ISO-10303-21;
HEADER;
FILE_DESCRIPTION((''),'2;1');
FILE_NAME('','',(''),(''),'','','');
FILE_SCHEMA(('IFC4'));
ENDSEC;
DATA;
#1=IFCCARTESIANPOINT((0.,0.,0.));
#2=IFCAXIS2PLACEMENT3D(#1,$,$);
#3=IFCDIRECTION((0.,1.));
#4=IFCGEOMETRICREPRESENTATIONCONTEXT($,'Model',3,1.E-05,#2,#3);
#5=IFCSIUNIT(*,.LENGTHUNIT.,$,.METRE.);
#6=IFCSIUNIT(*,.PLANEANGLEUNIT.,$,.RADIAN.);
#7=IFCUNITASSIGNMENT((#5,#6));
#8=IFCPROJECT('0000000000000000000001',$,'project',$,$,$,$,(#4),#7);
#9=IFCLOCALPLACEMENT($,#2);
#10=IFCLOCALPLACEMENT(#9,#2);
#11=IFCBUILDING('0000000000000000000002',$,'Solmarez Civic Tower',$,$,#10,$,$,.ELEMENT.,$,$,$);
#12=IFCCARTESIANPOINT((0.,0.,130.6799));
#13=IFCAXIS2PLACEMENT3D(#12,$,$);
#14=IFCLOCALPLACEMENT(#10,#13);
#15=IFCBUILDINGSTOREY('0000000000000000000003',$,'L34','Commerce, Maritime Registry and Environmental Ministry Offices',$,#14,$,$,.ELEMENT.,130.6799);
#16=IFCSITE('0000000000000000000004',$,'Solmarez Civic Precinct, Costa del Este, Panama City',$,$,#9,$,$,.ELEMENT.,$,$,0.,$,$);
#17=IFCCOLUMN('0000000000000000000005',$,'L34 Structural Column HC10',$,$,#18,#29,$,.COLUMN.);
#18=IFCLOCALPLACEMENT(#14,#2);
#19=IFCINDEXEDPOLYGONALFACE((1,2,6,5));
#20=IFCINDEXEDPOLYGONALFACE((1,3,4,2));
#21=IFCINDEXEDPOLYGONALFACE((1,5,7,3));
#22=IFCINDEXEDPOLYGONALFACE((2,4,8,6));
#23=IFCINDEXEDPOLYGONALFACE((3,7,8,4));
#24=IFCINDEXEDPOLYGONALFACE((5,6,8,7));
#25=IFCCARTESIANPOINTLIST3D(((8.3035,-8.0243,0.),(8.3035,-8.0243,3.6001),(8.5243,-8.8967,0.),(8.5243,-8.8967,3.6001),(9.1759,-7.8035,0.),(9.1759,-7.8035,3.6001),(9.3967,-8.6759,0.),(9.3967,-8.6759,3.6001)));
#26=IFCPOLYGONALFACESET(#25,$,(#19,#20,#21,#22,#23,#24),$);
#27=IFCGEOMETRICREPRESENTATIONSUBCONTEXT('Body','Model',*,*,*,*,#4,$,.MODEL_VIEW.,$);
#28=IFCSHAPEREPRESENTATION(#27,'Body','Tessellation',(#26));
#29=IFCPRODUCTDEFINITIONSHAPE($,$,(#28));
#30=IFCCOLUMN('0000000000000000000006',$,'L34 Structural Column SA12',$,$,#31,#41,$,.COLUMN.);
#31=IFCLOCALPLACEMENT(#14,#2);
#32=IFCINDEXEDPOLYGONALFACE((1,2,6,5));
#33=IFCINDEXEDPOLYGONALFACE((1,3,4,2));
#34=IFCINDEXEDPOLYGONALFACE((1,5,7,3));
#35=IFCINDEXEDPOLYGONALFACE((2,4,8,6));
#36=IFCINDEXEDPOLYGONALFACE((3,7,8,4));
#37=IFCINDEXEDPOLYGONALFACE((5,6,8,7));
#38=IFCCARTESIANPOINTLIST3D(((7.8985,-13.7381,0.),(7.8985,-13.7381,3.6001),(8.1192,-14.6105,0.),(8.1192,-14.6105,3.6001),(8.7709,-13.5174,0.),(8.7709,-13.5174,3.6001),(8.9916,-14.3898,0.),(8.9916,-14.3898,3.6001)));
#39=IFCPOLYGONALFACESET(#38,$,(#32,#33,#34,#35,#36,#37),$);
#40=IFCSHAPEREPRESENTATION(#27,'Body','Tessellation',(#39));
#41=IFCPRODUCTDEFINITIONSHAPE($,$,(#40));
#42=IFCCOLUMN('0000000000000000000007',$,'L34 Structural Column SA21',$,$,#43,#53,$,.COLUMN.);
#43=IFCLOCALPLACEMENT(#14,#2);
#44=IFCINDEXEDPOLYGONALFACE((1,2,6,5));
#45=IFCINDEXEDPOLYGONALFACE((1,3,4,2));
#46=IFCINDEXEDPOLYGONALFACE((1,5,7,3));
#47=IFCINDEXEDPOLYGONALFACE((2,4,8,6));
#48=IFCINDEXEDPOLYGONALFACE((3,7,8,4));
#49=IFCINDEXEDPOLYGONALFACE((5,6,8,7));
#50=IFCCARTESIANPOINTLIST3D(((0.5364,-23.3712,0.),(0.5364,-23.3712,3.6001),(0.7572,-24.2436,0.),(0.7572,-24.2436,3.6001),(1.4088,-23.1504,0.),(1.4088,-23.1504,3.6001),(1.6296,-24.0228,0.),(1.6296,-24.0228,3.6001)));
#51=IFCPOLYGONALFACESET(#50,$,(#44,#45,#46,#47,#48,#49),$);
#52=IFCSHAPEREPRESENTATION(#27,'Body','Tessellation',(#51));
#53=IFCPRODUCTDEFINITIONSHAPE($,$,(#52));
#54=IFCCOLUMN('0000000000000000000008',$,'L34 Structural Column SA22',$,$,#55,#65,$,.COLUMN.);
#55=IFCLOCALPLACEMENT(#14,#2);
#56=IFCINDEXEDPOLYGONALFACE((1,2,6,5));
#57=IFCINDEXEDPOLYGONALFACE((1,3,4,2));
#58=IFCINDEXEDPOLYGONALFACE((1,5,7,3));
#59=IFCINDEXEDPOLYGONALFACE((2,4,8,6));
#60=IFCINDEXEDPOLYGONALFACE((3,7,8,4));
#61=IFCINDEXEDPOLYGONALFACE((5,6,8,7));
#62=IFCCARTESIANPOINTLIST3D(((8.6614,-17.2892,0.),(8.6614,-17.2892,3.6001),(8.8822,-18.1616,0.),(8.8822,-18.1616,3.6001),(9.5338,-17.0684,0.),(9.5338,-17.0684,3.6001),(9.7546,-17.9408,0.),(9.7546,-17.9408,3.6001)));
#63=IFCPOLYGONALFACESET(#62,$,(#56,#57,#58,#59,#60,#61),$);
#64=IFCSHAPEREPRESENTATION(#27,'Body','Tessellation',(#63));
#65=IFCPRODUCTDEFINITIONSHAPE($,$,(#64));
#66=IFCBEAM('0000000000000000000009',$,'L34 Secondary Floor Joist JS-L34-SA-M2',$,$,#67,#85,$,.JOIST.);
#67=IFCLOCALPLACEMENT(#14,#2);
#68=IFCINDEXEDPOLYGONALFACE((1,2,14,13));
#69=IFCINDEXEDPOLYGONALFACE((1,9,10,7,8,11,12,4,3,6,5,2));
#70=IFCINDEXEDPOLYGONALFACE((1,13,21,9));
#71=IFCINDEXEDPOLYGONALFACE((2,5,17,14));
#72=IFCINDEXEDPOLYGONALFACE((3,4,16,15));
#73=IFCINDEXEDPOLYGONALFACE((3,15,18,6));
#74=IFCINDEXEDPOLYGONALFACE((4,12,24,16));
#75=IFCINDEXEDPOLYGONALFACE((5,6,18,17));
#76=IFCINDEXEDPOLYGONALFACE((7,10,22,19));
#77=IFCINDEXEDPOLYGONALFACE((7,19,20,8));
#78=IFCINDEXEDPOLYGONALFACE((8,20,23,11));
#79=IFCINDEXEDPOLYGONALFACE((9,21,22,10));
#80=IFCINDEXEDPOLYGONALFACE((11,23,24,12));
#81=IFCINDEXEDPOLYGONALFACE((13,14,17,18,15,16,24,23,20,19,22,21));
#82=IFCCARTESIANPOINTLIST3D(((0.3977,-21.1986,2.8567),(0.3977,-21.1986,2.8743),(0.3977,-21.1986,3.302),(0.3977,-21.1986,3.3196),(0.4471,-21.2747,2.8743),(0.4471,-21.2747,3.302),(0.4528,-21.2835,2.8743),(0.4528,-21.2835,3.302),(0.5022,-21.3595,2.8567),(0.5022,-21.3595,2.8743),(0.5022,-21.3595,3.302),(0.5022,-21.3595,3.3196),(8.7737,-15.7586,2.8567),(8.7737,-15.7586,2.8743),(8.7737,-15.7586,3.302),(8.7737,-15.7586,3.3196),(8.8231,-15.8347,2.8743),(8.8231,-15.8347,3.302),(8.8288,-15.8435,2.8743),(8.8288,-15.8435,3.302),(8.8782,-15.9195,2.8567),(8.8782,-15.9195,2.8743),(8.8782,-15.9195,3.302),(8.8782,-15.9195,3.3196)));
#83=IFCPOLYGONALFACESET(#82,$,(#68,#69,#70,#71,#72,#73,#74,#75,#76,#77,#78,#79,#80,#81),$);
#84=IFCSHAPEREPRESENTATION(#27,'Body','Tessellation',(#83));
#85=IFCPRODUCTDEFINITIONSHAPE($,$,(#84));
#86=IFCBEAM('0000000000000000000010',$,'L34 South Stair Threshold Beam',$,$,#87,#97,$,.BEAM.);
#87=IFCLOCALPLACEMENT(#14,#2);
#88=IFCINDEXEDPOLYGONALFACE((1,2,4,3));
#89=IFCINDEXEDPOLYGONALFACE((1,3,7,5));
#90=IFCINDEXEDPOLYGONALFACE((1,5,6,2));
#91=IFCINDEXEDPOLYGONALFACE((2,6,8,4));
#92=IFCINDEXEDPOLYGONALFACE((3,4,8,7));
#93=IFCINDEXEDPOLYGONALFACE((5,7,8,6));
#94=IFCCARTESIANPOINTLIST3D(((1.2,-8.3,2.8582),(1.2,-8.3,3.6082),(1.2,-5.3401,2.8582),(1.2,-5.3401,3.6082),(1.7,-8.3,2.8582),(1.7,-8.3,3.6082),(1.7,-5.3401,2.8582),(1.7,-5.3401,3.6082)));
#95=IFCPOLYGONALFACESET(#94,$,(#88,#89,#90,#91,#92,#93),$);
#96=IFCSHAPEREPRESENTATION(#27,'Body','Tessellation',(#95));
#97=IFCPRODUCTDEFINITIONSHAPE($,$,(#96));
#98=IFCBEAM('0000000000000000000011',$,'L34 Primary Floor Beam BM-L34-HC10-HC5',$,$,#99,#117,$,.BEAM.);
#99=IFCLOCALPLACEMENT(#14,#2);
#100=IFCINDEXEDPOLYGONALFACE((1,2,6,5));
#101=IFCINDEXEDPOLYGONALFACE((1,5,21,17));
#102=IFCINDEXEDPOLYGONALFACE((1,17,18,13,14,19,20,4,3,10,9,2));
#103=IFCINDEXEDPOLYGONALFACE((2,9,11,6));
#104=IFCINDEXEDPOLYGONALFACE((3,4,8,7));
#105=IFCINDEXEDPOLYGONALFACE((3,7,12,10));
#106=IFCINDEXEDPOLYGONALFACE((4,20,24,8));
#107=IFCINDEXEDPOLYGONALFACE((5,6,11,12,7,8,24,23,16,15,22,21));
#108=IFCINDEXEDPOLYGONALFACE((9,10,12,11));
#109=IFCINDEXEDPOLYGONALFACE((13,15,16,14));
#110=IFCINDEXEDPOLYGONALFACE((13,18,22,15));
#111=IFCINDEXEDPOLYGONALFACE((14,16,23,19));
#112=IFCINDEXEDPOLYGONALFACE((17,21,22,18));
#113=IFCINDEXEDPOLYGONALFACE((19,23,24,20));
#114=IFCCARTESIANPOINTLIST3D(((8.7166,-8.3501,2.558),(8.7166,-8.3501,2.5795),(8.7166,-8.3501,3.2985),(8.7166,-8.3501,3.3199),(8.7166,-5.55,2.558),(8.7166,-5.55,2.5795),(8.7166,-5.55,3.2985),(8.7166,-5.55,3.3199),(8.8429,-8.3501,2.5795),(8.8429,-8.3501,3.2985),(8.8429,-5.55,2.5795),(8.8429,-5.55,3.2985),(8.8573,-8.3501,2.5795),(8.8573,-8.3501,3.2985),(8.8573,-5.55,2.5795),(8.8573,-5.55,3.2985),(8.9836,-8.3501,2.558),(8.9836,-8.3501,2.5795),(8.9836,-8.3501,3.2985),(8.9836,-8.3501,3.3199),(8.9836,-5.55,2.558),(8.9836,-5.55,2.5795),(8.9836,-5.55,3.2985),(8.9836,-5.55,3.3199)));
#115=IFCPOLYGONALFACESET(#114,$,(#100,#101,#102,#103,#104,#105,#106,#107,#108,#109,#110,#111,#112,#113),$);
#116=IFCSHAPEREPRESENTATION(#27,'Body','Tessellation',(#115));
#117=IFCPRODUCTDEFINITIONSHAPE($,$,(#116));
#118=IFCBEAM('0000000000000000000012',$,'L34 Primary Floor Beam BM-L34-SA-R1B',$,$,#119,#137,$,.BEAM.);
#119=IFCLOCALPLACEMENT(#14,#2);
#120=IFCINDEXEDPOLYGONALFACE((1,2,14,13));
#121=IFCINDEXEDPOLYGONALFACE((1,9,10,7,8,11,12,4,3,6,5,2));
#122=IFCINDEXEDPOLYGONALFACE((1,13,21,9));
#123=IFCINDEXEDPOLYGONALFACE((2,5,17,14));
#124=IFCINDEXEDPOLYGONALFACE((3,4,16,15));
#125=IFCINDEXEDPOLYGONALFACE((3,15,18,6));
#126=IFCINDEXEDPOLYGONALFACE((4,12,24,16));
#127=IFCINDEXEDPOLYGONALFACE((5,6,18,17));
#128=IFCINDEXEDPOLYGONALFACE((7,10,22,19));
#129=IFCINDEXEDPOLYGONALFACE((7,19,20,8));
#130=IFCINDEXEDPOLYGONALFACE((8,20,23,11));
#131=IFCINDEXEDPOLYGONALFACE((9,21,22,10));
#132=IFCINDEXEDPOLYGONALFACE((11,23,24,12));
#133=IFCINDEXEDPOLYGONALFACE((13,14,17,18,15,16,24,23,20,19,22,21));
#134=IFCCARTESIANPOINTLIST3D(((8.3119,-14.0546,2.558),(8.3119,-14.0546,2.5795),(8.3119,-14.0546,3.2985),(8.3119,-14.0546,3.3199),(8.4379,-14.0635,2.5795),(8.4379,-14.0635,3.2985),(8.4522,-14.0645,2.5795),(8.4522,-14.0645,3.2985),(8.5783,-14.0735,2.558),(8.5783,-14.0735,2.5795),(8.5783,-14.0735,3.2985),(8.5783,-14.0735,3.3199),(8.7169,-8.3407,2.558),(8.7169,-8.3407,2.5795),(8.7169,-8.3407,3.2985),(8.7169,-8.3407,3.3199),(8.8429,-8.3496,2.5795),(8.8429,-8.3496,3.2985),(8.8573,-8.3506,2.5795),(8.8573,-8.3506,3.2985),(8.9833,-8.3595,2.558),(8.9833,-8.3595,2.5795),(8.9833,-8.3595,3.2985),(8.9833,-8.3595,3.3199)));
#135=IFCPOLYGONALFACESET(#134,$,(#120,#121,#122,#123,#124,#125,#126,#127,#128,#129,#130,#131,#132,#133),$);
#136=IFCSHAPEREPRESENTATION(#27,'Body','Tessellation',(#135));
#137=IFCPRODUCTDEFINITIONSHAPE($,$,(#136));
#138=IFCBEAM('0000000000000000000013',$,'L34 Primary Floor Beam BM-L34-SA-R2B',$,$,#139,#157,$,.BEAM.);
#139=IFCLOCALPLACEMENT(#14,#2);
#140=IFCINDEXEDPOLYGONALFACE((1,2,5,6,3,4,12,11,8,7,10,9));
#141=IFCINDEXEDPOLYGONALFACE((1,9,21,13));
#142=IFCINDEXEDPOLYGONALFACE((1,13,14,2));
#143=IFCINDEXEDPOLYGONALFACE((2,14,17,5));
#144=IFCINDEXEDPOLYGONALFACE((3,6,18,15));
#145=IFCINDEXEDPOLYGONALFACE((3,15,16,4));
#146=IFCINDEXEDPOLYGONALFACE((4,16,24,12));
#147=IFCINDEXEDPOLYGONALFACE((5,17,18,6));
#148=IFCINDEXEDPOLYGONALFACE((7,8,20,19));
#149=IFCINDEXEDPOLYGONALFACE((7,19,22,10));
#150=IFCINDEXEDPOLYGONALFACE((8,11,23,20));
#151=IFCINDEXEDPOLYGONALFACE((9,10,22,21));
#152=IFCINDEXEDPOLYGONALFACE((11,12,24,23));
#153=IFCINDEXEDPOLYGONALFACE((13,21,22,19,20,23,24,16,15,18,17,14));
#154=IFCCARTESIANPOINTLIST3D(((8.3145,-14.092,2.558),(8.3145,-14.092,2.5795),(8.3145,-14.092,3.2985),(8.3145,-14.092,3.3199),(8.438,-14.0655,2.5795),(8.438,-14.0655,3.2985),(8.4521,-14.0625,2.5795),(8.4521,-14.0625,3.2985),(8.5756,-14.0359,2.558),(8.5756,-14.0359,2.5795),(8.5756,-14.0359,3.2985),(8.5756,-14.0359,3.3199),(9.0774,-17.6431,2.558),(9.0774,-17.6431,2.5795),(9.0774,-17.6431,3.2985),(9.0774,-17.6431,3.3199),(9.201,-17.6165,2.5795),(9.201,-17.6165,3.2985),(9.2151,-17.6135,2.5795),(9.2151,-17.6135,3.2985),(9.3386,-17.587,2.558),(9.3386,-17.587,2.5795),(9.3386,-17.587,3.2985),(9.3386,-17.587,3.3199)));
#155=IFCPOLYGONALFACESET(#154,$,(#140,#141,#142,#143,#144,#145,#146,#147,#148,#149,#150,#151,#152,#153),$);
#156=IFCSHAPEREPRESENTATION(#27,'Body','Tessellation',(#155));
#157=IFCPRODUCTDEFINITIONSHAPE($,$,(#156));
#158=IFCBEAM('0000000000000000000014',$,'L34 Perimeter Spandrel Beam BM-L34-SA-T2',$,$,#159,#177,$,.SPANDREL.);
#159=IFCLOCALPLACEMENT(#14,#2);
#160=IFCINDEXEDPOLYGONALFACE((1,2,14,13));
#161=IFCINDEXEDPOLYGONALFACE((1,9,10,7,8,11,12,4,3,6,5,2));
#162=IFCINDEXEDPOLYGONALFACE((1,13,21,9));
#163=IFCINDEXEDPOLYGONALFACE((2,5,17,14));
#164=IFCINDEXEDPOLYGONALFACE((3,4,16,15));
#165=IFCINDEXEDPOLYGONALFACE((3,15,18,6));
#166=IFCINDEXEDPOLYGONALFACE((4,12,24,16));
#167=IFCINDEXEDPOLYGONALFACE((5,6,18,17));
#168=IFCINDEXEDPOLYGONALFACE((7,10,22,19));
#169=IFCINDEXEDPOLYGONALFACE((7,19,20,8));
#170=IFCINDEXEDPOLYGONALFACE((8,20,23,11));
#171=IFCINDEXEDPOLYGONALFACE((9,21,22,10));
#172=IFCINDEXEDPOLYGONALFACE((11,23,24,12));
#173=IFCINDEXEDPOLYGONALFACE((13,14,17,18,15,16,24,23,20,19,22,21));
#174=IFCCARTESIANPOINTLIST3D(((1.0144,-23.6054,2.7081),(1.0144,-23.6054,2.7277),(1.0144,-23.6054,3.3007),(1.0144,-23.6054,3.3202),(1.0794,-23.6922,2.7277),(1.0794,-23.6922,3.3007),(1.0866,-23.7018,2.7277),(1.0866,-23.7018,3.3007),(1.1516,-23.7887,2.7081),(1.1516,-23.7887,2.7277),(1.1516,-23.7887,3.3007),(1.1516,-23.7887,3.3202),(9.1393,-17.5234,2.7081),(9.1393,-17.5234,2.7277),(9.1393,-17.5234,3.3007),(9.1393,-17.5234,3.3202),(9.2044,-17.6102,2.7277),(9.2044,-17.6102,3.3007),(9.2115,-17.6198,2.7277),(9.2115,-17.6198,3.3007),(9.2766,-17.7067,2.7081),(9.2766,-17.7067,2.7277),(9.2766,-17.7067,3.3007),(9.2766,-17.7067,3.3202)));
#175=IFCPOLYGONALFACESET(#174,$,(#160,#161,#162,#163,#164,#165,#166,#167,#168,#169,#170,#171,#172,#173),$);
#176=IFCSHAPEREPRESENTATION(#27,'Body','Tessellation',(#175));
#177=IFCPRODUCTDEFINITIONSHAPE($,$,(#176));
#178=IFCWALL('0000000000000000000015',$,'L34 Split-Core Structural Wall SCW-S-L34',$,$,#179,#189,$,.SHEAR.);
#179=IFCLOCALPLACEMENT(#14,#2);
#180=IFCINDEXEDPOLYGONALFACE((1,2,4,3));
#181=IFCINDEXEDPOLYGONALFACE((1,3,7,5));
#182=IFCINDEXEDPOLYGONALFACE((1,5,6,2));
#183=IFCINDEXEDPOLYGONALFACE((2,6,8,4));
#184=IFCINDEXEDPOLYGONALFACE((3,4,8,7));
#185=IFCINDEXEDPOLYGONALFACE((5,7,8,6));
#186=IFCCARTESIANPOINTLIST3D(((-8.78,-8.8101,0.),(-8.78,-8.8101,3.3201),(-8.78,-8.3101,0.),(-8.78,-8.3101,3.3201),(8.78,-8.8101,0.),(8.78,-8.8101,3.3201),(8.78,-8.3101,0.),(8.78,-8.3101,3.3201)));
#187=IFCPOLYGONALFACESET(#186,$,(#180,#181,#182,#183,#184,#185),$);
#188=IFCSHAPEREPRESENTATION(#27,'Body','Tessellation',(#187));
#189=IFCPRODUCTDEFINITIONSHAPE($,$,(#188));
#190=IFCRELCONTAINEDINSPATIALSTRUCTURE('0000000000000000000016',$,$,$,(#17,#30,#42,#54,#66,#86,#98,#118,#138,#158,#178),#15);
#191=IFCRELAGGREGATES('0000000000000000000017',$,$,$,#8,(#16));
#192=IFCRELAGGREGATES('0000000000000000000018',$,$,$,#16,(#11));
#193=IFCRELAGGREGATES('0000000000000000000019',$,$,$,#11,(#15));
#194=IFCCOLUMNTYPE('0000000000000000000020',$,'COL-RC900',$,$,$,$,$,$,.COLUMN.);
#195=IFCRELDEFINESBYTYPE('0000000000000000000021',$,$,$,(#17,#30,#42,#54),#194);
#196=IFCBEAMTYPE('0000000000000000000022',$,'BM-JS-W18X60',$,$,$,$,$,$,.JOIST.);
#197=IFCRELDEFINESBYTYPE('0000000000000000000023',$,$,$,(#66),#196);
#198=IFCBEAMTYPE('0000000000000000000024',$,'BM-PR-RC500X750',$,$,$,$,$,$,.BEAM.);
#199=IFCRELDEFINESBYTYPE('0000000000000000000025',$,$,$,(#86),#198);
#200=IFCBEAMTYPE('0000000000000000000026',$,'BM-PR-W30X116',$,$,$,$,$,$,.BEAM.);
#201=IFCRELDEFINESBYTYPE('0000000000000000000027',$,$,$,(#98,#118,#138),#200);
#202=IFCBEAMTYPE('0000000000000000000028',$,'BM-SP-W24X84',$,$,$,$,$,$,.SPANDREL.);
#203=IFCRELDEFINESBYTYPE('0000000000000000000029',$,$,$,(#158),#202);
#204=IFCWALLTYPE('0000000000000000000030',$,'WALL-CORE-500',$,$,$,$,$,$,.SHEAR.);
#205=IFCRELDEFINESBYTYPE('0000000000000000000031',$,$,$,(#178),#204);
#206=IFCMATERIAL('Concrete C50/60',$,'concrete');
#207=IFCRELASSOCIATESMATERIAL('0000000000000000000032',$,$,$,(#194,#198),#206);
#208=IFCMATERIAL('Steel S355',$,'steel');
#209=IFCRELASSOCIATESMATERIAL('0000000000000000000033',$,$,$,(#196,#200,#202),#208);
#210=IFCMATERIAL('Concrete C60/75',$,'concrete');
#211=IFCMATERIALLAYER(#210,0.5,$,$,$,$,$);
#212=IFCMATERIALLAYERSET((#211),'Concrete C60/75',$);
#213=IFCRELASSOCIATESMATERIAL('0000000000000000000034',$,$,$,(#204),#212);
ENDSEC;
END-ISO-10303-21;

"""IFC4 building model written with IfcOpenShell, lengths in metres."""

from ifc_helpers import new_model, si_unit, direction, frame, frame_2d, origin, origin_2d, place, context, subcontext, project, spatial, rectangle, i_section, extrude, material, layer, layer_set, material_profile, profile_set, type_object, element, save


model = new_model("IFC4")

# Units and contexts
model_context = context("Model", 3, precision=1e-05, world=origin(), true_north=direction((0.0, 1.0)))
body_context = subcontext(model_context, "Body", "Model", "MODEL_VIEW")
ifc_project = project(units=[si_unit("LENGTHUNIT", "METRE"), si_unit("PLANEANGLEUNIT", "RADIAN")], contexts=[model_context])

# Site, building, storey
site_placement = place(None, origin())
site = spatial("IfcSite", under=ifc_project, at=site_placement, Name="Solmarez Civic Precinct, Costa del Este, Panama City", CompositionType="ELEMENT", RefElevation=0.0)
building_placement = place(site_placement, origin())
building = spatial("IfcBuilding", under=site, at=building_placement, Name="Solmarez Civic Tower", CompositionType="ELEMENT")
storey_placement = place(building_placement, frame((0.0, 0.0, 130.6799)))
storey = spatial("IfcBuildingStorey", under=building, at=storey_placement, Name="L34", Description="Commerce, Maritime Registry and Environmental Ministry Offices", CompositionType="ELEMENT", Elevation=130.6799)

# Columns
ifc_material_1 = material(Name="Concrete C50/60", Category="concrete")
ifc_material_profile_1 = material_profile(ifc_material_1, rectangle(XDim=0.8999, YDim=0.8999, at=origin_2d()), Name="RC900X900")
ifc_profile_set_1 = profile_set([ifc_material_profile_1], Name="Concrete C50/60")
column_type = type_object("IfcColumnType", Name="COL-RC900", PredefinedType="COLUMN", material=ifc_profile_set_1)
for number, where, z_axis, x_axis, name in (
    (1, (8.8501, -8.3501, 0.0), (0.0, 0.0, 1.0), (0.969445, 0.245307, 0.0), "L34 Structural Column HC10"),
    (2, (8.4451, -14.064, 0.0), (0.0, 0.0, 1.0), (0.969445, 0.245307, 0.0), "L34 Structural Column SA12"),
    (3, (1.083, -23.697, 0.0), (0.0, 0.0, 1.0), (0.969445, 0.245307, 0.0), "L34 Structural Column SA21"),
    (4, (9.208, -17.615, 0.0), (0.0, 0.0, 1.0), (0.969445, 0.245307, 0.0), "L34 Structural Column SA22"),
):
    element("IfcColumn", number, at=place(storey_placement, frame(where, z_axis=z_axis, x_axis=x_axis)), inside=storey, type_object=column_type, Name=name, PredefinedType="COLUMN", context=body_context, shape_type="SweptSolid", body=[
        extrude(rectangle(XDim=0.8999, YDim=0.8999, at=origin_2d()), origin(), (0.0, 0.0, 1.0), 3.6001),
    ])

# Beams
ifc_material_2 = material(Name="Steel S355", Category="steel")
ifc_material_profile_2 = material_profile(ifc_material_2, i_section(OverallWidth=0.1919, OverallDepth=0.4629, WebThickness=0.0105, FlangeThickness=0.0176, at=origin_2d()), Name="W18X60")
ifc_profile_set_2 = profile_set([ifc_material_profile_2], Name="Steel S355")
beam_type_1 = type_object("IfcBeamType", Name="BM-JS-W18X60", PredefinedType="JOIST", material=ifc_profile_set_2)
beam_1_placement = place(storey_placement, frame((0.45, -21.2791, 3.0881), z_axis=(0.838647, 0.544676, 0.0), x_axis=(-0.544676, 0.838647, 0.0)))
element("IfcBeam", 5, at=beam_1_placement, inside=storey, type_object=beam_type_1, Name="L34 Secondary Floor Joist JS-L34-SA-M2", PredefinedType="JOIST", context=body_context, shape_type="SweptSolid", body=[
    extrude(i_section(OverallWidth=0.1919, OverallDepth=0.4629, WebThickness=0.0105, FlangeThickness=0.0176, at=origin_2d()), origin(), (0.0, 0.0, 1.0), 9.9875),
])
ifc_material_profile_3 = material_profile(ifc_material_1, rectangle(XDim=0.5, YDim=0.75, at=origin_2d()), Name="RC500X750")
ifc_profile_set_3 = profile_set([ifc_material_profile_3], Name="Concrete C50/60")
beam_type_2 = type_object("IfcBeamType", Name="BM-PR-RC500X750", PredefinedType="BEAM", material=ifc_profile_set_3)
beam_2_placement = place(storey_placement, frame((1.45, -8.3, 3.2332), z_axis=(0.0, 1.0, 0.0), x_axis=(-1.0, 0.0, 0.0)))
element("IfcBeam", 6, at=beam_2_placement, inside=storey, type_object=beam_type_2, Name="L34 South Stair Threshold Beam", PredefinedType="BEAM", context=body_context, shape_type="SweptSolid", body=[
    extrude(rectangle(XDim=0.5, YDim=0.75, at=origin_2d()), origin(), (0.0, 0.0, 1.0), 2.96),
])
ifc_material_profile_4 = material_profile(ifc_material_2, i_section(OverallWidth=0.2671, OverallDepth=0.762, WebThickness=0.0144, FlangeThickness=0.0215, at=origin_2d()), Name="W30X116")
ifc_profile_set_4 = profile_set([ifc_material_profile_4], Name="Steel S355")
beam_type_3 = type_object("IfcBeamType", Name="BM-PR-W30X116", PredefinedType="BEAM", material=ifc_profile_set_4)
beam_3_placement = place(storey_placement, frame((8.8501, -8.3501, 2.939), z_axis=(0.0, 1.0, 0.0), x_axis=(-1.0, 0.0, 0.0)))
element("IfcBeam", 7, at=beam_3_placement, inside=storey, type_object=beam_type_3, Name="L34 Primary Floor Beam BM-L34-HC10-HC5", PredefinedType="BEAM", context=body_context, shape_type="SweptSolid", body=[
    extrude(i_section(OverallWidth=0.2671, OverallDepth=0.762, WebThickness=0.0144, FlangeThickness=0.0215, at=origin_2d()), origin(), (0.0, 0.0, 1.0), 2.8),
])
beam_4_placement = place(storey_placement, frame((8.8501, -8.3501, 2.939), z_axis=(-0.070708, -0.997497, 0.0), x_axis=(0.997497, -0.070708, 0.0)))
element("IfcBeam", 8, at=beam_4_placement, inside=storey, type_object=beam_type_3, Name="L34 Primary Floor Beam BM-L34-SA-R1B", PredefinedType="BEAM", context=body_context, shape_type="SweptSolid", body=[
    extrude(i_section(OverallWidth=0.2671, OverallDepth=0.762, WebThickness=0.0144, FlangeThickness=0.0215, at=origin_2d()), origin(), (0.0, 0.0, 1.0), 5.7283),
])
beam_5_placement = place(storey_placement, frame((8.4451, -14.064, 2.939), z_axis=(0.210057, -0.977689, 0.0), x_axis=(0.977689, 0.210057, 0.0)))
element("IfcBeam", 9, at=beam_5_placement, inside=storey, type_object=beam_type_3, Name="L34 Primary Floor Beam BM-L34-SA-R2B", PredefinedType="BEAM", context=body_context, shape_type="SweptSolid", body=[
    extrude(i_section(OverallWidth=0.2671, OverallDepth=0.762, WebThickness=0.0144, FlangeThickness=0.0215, at=origin_2d()), origin(), (0.0, 0.0, 1.0), 3.6321),
])
ifc_material_profile_5 = material_profile(ifc_material_2, i_section(OverallWidth=0.229, OverallDepth=0.6121, WebThickness=0.012, FlangeThickness=0.0195, at=origin_2d()), Name="W24X84")
ifc_profile_set_5 = profile_set([ifc_material_profile_5], Name="Steel S355")
beam_type_4 = type_object("IfcBeamType", Name="BM-SP-W24X84", PredefinedType="SPANDREL", material=ifc_profile_set_5)
beam_6_placement = place(storey_placement, frame((1.083, -23.697, 3.0142), z_axis=(0.800554, 0.599261, 0.0), x_axis=(-0.599261, 0.800554, 0.0)))
element("IfcBeam", 10, at=beam_6_placement, inside=storey, type_object=beam_type_4, Name="L34 Perimeter Spandrel Beam BM-L34-SA-T2", PredefinedType="SPANDREL", context=body_context, shape_type="SweptSolid", body=[
    extrude(i_section(OverallWidth=0.229, OverallDepth=0.6121, WebThickness=0.012, FlangeThickness=0.0195, at=origin_2d()), origin(), (0.0, 0.0, 1.0), 10.1492),
])

# Wall
ifc_material_3 = material(Name="Concrete C60/75", Category="concrete")
ifc_layer_1 = layer(ifc_material_3, 0.5)
ifc_layer_set_1 = layer_set([ifc_layer_1], Name="Concrete C60/75")
wall_type_1 = type_object("IfcWallType", Name="WALL-CORE-500", PredefinedType="SHEAR", material=ifc_layer_set_1)
wall_1_placement = place(storey_placement, frame((8.78, -8.5601, 0.0), z_axis=(0.0, 0.0, 1.0), x_axis=(-1.0, 0.0, 0.0)))
element("IfcWall", 11, at=wall_1_placement, inside=storey, type_object=wall_type_1, Name="L34 Split-Core Structural Wall SCW-S-L34", PredefinedType="SHEAR", context=body_context, shape_type="SweptSolid", body=[
    extrude(rectangle(XDim=17.5601, YDim=0.5, at=frame_2d((8.78, 0.0))), origin(), (0.0, 0.0, 1.0), 3.3201),
])

save(model, "model.ifc")
